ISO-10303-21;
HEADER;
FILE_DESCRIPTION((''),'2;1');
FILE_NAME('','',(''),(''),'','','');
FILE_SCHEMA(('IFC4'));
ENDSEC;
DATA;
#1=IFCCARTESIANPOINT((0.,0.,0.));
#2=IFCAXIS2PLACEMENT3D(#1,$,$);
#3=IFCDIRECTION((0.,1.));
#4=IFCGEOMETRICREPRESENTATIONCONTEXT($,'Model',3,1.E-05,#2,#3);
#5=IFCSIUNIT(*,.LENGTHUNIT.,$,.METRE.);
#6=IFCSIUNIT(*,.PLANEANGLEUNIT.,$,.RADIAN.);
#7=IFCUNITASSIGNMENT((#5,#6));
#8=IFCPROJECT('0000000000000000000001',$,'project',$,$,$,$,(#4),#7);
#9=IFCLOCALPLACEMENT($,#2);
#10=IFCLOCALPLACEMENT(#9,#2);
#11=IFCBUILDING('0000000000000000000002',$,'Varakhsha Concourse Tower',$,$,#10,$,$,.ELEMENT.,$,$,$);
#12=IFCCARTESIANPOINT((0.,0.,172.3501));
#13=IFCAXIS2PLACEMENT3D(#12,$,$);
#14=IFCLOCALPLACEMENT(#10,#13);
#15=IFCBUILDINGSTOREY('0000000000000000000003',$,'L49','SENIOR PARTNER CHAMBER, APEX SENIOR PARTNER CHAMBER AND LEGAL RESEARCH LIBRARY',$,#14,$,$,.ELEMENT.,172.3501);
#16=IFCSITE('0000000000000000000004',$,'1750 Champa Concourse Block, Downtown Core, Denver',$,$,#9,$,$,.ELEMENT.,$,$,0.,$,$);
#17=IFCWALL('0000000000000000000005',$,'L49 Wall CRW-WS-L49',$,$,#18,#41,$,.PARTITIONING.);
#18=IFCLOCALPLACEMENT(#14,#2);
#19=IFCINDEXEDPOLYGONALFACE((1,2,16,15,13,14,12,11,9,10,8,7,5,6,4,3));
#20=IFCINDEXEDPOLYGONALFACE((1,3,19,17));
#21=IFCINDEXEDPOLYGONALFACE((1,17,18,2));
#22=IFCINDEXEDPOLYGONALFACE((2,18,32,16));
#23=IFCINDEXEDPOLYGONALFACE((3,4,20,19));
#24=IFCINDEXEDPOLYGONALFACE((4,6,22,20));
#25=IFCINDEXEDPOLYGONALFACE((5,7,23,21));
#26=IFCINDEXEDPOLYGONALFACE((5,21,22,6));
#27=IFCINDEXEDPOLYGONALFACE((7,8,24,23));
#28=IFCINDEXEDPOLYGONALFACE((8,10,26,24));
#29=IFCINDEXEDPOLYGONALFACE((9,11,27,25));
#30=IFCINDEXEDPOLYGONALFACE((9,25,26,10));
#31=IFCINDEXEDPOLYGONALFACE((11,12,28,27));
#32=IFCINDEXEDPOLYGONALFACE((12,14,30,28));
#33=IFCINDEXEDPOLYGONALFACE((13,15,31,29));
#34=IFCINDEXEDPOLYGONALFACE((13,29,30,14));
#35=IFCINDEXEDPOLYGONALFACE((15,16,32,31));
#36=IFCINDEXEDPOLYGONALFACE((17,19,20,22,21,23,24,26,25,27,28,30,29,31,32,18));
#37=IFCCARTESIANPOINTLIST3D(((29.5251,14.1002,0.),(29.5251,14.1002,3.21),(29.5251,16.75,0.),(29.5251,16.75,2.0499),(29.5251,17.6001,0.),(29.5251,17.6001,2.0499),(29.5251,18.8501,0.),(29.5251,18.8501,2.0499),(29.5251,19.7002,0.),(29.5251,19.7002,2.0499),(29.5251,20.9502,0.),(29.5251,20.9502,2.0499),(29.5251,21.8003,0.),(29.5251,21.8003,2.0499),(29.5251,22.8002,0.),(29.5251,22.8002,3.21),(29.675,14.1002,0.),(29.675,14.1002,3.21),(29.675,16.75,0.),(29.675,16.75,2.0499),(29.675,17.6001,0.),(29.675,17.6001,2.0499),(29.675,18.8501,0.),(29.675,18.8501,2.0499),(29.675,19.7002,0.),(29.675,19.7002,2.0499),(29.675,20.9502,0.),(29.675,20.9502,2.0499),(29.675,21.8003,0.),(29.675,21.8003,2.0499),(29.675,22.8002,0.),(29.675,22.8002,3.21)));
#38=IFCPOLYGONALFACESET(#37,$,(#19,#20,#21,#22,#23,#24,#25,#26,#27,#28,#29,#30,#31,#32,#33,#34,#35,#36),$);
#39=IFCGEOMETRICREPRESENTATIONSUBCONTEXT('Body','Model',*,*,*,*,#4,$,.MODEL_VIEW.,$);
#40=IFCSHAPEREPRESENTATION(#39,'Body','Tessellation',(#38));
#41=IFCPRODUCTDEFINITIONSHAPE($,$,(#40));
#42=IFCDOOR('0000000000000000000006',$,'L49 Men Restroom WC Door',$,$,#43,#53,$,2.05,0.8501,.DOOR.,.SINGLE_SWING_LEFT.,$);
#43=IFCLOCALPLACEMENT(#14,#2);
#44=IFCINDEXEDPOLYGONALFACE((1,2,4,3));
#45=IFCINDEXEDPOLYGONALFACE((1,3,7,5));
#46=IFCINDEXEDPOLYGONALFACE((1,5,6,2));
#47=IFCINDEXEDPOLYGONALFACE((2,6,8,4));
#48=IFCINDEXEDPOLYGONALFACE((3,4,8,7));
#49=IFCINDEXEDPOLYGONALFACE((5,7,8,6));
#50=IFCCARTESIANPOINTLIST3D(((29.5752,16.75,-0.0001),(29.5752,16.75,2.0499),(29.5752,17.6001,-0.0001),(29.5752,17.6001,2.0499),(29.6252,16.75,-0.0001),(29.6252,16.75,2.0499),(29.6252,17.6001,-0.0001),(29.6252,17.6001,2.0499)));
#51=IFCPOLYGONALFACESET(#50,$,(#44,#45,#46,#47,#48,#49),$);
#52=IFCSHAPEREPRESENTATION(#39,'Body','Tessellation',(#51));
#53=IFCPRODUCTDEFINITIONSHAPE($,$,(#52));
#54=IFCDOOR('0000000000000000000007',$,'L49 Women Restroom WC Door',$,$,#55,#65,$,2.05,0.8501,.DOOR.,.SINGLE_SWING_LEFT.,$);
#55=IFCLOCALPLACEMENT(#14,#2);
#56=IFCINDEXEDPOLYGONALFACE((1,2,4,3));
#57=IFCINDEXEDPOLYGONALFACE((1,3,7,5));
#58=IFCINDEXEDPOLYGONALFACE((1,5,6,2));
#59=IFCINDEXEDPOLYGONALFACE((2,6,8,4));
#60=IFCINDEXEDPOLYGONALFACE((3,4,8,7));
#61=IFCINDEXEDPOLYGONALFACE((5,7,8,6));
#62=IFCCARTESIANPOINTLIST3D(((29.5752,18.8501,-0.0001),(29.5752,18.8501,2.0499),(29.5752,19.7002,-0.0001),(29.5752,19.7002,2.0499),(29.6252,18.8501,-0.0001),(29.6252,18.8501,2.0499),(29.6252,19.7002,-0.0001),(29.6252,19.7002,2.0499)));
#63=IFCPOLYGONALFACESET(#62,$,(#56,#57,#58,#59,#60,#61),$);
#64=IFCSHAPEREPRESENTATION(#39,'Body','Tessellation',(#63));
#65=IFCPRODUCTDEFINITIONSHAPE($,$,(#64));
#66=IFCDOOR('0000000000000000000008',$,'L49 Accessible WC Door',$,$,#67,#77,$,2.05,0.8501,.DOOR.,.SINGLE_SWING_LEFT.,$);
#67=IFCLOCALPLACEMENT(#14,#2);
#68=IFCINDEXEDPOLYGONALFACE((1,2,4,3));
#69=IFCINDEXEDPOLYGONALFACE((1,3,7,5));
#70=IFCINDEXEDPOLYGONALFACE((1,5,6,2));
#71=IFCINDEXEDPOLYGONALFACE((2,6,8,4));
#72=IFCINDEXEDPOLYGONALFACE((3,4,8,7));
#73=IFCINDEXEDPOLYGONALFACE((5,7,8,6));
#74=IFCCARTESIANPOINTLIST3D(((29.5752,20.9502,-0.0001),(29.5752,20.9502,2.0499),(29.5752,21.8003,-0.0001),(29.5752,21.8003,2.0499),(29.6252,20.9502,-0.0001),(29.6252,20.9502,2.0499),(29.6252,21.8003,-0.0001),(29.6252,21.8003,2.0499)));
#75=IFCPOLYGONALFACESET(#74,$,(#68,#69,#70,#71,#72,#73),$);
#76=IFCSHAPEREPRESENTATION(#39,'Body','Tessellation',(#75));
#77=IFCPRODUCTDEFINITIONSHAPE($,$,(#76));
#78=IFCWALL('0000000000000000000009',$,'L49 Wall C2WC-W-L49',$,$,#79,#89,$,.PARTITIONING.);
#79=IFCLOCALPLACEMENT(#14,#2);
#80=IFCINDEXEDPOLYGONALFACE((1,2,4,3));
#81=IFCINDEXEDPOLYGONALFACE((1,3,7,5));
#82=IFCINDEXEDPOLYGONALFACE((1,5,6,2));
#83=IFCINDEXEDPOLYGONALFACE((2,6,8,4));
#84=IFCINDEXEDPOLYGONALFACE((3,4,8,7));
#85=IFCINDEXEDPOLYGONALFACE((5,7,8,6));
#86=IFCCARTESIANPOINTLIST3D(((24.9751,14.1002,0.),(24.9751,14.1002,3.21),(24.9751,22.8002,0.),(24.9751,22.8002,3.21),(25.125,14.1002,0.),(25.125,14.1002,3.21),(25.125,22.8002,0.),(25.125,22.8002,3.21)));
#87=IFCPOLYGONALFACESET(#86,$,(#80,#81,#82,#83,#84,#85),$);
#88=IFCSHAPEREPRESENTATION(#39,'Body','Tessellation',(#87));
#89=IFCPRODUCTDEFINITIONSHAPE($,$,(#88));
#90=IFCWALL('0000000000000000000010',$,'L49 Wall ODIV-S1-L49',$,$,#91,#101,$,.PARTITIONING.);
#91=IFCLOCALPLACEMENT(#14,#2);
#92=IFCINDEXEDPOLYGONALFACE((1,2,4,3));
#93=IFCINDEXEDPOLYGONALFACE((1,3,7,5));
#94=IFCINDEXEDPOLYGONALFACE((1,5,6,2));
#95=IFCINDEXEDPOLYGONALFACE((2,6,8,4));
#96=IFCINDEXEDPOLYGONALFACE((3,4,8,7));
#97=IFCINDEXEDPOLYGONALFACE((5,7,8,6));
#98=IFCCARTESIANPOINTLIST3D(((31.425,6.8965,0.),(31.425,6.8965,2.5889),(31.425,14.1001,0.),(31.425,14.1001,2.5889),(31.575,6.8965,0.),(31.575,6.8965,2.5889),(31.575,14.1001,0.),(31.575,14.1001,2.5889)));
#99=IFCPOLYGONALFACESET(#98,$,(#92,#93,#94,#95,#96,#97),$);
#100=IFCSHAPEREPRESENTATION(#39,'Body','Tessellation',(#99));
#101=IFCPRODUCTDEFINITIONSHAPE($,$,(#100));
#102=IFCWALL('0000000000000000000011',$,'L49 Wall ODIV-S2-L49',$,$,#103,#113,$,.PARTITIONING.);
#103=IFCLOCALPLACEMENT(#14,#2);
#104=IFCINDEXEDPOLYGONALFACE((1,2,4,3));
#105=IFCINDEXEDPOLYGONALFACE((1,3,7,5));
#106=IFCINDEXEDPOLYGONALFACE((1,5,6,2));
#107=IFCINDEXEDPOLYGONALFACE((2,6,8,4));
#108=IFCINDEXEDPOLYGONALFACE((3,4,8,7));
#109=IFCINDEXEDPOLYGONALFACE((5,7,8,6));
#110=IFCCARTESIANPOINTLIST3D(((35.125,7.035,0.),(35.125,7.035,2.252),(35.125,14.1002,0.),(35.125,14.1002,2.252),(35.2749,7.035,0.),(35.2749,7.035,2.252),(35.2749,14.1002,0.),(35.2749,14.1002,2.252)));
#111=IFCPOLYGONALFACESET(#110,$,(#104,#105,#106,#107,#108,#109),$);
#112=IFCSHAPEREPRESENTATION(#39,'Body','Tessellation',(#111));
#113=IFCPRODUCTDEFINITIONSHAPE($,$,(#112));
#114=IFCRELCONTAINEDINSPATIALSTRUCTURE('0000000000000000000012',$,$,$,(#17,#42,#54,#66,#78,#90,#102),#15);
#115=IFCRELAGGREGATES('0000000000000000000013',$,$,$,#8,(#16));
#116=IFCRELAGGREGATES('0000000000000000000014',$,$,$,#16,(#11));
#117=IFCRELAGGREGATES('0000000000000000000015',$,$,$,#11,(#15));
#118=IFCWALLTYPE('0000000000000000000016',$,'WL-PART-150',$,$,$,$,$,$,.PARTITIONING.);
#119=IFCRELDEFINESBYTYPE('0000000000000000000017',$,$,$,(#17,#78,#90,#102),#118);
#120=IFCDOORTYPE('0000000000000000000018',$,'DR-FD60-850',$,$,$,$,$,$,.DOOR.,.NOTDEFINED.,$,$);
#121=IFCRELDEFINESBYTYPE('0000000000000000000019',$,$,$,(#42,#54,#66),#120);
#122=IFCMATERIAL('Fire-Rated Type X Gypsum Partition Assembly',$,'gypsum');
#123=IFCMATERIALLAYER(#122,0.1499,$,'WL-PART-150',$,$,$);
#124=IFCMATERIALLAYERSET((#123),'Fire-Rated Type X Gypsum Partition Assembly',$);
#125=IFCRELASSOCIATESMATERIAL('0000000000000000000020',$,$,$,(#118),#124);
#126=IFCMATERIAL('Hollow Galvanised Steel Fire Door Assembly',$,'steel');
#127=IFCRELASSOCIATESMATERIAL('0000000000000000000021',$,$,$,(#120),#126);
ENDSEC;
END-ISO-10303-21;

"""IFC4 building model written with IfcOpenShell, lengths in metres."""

from ifc_helpers import new_model, si_unit, direction, frame, frame_2d, origin, place, context, subcontext, project, spatial, rectangle, extrude, material, layer, layer_set, type_object, element, fill, save


model = new_model("IFC4")

# Units and contexts
model_context = context("Model", 3, precision=1e-05, world=origin(), true_north=direction((0.0, 1.0)))
body_context = subcontext(model_context, "Body", "Model", "MODEL_VIEW")
ifc_project = project(units=[si_unit("LENGTHUNIT", "METRE"), si_unit("PLANEANGLEUNIT", "RADIAN")], contexts=[model_context])

# Site, building, storey
site_placement = place(None, origin())
site = spatial("IfcSite", under=ifc_project, at=site_placement, Name="1750 Champa Concourse Block, Downtown Core, Denver", CompositionType="ELEMENT", RefElevation=0.0)
building_placement = place(site_placement, origin())
building = spatial("IfcBuilding", under=site, at=building_placement, Name="Varakhsha Concourse Tower", CompositionType="ELEMENT")
storey_placement = place(building_placement, frame((0.0, 0.0, 172.3501)))
storey = spatial("IfcBuildingStorey", under=building, at=storey_placement, Name="L49", Description="SENIOR PARTNER CHAMBER, APEX SENIOR PARTNER CHAMBER AND LEGAL RESEARCH LIBRARY", CompositionType="ELEMENT", Elevation=172.3501)

# Wall, openings, doors
ifc_material_1 = material(Name="Fire-Rated Type X Gypsum Partition Assembly", Category="gypsum")
ifc_layer_1 = layer(ifc_material_1, 0.1499, Name="WL-PART-150")
ifc_layer_set_1 = layer_set([ifc_layer_1], Name="Fire-Rated Type X Gypsum Partition Assembly")
wall_type = type_object("IfcWallType", Name="WL-PART-150", PredefinedType="PARTITIONING", material=ifc_layer_set_1)
ifc_material_2 = material(Name="Hollow Galvanised Steel Fire Door Assembly", Category="steel")
wall_1_placement = place(storey_placement, frame((29.6001, 14.1001, 0.0), z_axis=(0.0, 0.0, 1.0), x_axis=(0.0, 1.0, 0.0)))
wall_1 = element("IfcWall", 1, at=wall_1_placement, inside=storey, type_object=wall_type, Name="L49 Wall CRW-WS-L49", PredefinedType="PARTITIONING", context=body_context, shape_type="SweptSolid", body=[
    extrude(rectangle(XDim=8.7, YDim=0.1499, at=frame_2d((4.3501, 0.0))), origin(), (0.0, 0.0, 1.0), 3.21),
])
opening_1_placement = place(wall_1_placement, frame((2.6499, 0.0, 0.0)))
opening_1 = element("IfcOpeningElement", 2, at=opening_1_placement, cuts=wall_1, PredefinedType="OPENING", context=body_context, shape_type="SweptSolid", body=[
    extrude(rectangle(XDim=0.8501, YDim=2.05, at=frame_2d((0.425, 1.0249))), frame((0.0, 0.085, 0.0), z_axis=(0.0, -1.0, 0.0), x_axis=(1.0, 0.0, 0.0)), (0.0, 0.0, 1.0), 0.1699),
])
opening_2_placement = place(wall_1_placement, frame((4.75, 0.0, 0.0)))
opening_2 = element("IfcOpeningElement", 3, at=opening_2_placement, cuts=wall_1, PredefinedType="OPENING", context=body_context, shape_type="SweptSolid", body=[
    extrude(rectangle(XDim=0.8501, YDim=2.05, at=frame_2d((0.425, 1.0249))), frame((0.0, 0.085, 0.0), z_axis=(0.0, -1.0, 0.0), x_axis=(1.0, 0.0, 0.0)), (0.0, 0.0, 1.0), 0.1699),
])
opening_3_placement = place(wall_1_placement, frame((6.8501, 0.0, 0.0)))
opening_3 = element("IfcOpeningElement", 4, at=opening_3_placement, cuts=wall_1, PredefinedType="OPENING", context=body_context, shape_type="SweptSolid", body=[
    extrude(rectangle(XDim=0.8501, YDim=2.05, at=frame_2d((0.425, 1.0249))), frame((0.0, 0.085, 0.0), z_axis=(0.0, -1.0, 0.0), x_axis=(1.0, 0.0, 0.0)), (0.0, 0.0, 1.0), 0.1699),
])
door_type_1 = type_object("IfcDoorType", Name="DR-FD60-850", OperationType="NOTDEFINED", PredefinedType="DOOR", material=ifc_material_2)
door_1_placement = place(opening_1_placement, origin())
door_1 = element("IfcDoor", 5, at=door_1_placement, inside=storey, type_object=door_type_1, Name="L49 Men Restroom WC Door", OperationType="SINGLE_SWING_LEFT", OverallHeight=2.05, OverallWidth=0.8501, PredefinedType="DOOR", context=body_context, shape_type="SweptSolid", body=[
    extrude(rectangle(XDim=0.8501, YDim=2.05, at=frame_2d((0.425, 1.0249))), frame((0.0, 0.0249, 0.0), z_axis=(0.0, -1.0, 0.0), x_axis=(1.0, 0.0, 0.0)), (0.0, 0.0, 1.0), 0.05),
])
fill(opening_1, door_1)
door_2_placement = place(opening_2_placement, origin())
door_2 = element("IfcDoor", 6, at=door_2_placement, inside=storey, type_object=door_type_1, Name="L49 Women Restroom WC Door", OperationType="SINGLE_SWING_LEFT", OverallHeight=2.05, OverallWidth=0.8501, PredefinedType="DOOR", context=body_context, shape_type="SweptSolid", body=[
    extrude(rectangle(XDim=0.8501, YDim=2.05, at=frame_2d((0.425, 1.0249))), frame((0.0, 0.0249, 0.0), z_axis=(0.0, -1.0, 0.0), x_axis=(1.0, 0.0, 0.0)), (0.0, 0.0, 1.0), 0.05),
])
fill(opening_2, door_2)
door_3_placement = place(opening_3_placement, origin())
door_3 = element("IfcDoor", 7, at=door_3_placement, inside=storey, type_object=door_type_1, Name="L49 Accessible WC Door", OperationType="SINGLE_SWING_LEFT", OverallHeight=2.05, OverallWidth=0.8501, PredefinedType="DOOR", context=body_context, shape_type="SweptSolid", body=[
    extrude(rectangle(XDim=0.8501, YDim=2.05, at=frame_2d((0.425, 1.0249))), frame((0.0, 0.0249, 0.0), z_axis=(0.0, -1.0, 0.0), x_axis=(1.0, 0.0, 0.0)), (0.0, 0.0, 1.0), 0.05),
])
fill(opening_3, door_3)

# Walls
wall_2_placement = place(storey_placement, frame((25.05, 14.1001, 0.0), z_axis=(0.0, 0.0, 1.0), x_axis=(0.0, 1.0, 0.0)))
element("IfcWall", 8, at=wall_2_placement, inside=storey, type_object=wall_type, Name="L49 Wall C2WC-W-L49", PredefinedType="PARTITIONING", context=body_context, shape_type="SweptSolid", body=[
    extrude(rectangle(XDim=8.7, YDim=0.1499, at=frame_2d((4.3501, 0.0))), origin(), (0.0, 0.0, 1.0), 3.21),
])
wall_3_placement = place(storey_placement, frame((31.5, 6.8965, 0.0), z_axis=(0.0, 0.0, 1.0), x_axis=(0.0, 1.0, 0.0)))
element("IfcWall", 9, at=wall_3_placement, inside=storey, type_object=wall_type, Name="L49 Wall ODIV-S1-L49", PredefinedType="PARTITIONING", context=body_context, shape_type="SweptSolid", body=[
    extrude(rectangle(XDim=7.2036, YDim=0.1499, at=frame_2d((3.6018, 0.0))), origin(), (0.0, 0.0, 1.0), 2.5889),
])
wall_4_placement = place(storey_placement, frame((35.2, 7.0349, 0.0), z_axis=(0.0, 0.0, 1.0), x_axis=(0.0, 1.0, 0.0)))
element("IfcWall", 10, at=wall_4_placement, inside=storey, type_object=wall_type, Name="L49 Wall ODIV-S2-L49", PredefinedType="PARTITIONING", context=body_context, shape_type="SweptSolid", body=[
    extrude(rectangle(XDim=7.0652, YDim=0.1499, at=frame_2d((3.5327, 0.0))), origin(), (0.0, 0.0, 1.0), 2.252),
])

save(model, "model.ifc")
